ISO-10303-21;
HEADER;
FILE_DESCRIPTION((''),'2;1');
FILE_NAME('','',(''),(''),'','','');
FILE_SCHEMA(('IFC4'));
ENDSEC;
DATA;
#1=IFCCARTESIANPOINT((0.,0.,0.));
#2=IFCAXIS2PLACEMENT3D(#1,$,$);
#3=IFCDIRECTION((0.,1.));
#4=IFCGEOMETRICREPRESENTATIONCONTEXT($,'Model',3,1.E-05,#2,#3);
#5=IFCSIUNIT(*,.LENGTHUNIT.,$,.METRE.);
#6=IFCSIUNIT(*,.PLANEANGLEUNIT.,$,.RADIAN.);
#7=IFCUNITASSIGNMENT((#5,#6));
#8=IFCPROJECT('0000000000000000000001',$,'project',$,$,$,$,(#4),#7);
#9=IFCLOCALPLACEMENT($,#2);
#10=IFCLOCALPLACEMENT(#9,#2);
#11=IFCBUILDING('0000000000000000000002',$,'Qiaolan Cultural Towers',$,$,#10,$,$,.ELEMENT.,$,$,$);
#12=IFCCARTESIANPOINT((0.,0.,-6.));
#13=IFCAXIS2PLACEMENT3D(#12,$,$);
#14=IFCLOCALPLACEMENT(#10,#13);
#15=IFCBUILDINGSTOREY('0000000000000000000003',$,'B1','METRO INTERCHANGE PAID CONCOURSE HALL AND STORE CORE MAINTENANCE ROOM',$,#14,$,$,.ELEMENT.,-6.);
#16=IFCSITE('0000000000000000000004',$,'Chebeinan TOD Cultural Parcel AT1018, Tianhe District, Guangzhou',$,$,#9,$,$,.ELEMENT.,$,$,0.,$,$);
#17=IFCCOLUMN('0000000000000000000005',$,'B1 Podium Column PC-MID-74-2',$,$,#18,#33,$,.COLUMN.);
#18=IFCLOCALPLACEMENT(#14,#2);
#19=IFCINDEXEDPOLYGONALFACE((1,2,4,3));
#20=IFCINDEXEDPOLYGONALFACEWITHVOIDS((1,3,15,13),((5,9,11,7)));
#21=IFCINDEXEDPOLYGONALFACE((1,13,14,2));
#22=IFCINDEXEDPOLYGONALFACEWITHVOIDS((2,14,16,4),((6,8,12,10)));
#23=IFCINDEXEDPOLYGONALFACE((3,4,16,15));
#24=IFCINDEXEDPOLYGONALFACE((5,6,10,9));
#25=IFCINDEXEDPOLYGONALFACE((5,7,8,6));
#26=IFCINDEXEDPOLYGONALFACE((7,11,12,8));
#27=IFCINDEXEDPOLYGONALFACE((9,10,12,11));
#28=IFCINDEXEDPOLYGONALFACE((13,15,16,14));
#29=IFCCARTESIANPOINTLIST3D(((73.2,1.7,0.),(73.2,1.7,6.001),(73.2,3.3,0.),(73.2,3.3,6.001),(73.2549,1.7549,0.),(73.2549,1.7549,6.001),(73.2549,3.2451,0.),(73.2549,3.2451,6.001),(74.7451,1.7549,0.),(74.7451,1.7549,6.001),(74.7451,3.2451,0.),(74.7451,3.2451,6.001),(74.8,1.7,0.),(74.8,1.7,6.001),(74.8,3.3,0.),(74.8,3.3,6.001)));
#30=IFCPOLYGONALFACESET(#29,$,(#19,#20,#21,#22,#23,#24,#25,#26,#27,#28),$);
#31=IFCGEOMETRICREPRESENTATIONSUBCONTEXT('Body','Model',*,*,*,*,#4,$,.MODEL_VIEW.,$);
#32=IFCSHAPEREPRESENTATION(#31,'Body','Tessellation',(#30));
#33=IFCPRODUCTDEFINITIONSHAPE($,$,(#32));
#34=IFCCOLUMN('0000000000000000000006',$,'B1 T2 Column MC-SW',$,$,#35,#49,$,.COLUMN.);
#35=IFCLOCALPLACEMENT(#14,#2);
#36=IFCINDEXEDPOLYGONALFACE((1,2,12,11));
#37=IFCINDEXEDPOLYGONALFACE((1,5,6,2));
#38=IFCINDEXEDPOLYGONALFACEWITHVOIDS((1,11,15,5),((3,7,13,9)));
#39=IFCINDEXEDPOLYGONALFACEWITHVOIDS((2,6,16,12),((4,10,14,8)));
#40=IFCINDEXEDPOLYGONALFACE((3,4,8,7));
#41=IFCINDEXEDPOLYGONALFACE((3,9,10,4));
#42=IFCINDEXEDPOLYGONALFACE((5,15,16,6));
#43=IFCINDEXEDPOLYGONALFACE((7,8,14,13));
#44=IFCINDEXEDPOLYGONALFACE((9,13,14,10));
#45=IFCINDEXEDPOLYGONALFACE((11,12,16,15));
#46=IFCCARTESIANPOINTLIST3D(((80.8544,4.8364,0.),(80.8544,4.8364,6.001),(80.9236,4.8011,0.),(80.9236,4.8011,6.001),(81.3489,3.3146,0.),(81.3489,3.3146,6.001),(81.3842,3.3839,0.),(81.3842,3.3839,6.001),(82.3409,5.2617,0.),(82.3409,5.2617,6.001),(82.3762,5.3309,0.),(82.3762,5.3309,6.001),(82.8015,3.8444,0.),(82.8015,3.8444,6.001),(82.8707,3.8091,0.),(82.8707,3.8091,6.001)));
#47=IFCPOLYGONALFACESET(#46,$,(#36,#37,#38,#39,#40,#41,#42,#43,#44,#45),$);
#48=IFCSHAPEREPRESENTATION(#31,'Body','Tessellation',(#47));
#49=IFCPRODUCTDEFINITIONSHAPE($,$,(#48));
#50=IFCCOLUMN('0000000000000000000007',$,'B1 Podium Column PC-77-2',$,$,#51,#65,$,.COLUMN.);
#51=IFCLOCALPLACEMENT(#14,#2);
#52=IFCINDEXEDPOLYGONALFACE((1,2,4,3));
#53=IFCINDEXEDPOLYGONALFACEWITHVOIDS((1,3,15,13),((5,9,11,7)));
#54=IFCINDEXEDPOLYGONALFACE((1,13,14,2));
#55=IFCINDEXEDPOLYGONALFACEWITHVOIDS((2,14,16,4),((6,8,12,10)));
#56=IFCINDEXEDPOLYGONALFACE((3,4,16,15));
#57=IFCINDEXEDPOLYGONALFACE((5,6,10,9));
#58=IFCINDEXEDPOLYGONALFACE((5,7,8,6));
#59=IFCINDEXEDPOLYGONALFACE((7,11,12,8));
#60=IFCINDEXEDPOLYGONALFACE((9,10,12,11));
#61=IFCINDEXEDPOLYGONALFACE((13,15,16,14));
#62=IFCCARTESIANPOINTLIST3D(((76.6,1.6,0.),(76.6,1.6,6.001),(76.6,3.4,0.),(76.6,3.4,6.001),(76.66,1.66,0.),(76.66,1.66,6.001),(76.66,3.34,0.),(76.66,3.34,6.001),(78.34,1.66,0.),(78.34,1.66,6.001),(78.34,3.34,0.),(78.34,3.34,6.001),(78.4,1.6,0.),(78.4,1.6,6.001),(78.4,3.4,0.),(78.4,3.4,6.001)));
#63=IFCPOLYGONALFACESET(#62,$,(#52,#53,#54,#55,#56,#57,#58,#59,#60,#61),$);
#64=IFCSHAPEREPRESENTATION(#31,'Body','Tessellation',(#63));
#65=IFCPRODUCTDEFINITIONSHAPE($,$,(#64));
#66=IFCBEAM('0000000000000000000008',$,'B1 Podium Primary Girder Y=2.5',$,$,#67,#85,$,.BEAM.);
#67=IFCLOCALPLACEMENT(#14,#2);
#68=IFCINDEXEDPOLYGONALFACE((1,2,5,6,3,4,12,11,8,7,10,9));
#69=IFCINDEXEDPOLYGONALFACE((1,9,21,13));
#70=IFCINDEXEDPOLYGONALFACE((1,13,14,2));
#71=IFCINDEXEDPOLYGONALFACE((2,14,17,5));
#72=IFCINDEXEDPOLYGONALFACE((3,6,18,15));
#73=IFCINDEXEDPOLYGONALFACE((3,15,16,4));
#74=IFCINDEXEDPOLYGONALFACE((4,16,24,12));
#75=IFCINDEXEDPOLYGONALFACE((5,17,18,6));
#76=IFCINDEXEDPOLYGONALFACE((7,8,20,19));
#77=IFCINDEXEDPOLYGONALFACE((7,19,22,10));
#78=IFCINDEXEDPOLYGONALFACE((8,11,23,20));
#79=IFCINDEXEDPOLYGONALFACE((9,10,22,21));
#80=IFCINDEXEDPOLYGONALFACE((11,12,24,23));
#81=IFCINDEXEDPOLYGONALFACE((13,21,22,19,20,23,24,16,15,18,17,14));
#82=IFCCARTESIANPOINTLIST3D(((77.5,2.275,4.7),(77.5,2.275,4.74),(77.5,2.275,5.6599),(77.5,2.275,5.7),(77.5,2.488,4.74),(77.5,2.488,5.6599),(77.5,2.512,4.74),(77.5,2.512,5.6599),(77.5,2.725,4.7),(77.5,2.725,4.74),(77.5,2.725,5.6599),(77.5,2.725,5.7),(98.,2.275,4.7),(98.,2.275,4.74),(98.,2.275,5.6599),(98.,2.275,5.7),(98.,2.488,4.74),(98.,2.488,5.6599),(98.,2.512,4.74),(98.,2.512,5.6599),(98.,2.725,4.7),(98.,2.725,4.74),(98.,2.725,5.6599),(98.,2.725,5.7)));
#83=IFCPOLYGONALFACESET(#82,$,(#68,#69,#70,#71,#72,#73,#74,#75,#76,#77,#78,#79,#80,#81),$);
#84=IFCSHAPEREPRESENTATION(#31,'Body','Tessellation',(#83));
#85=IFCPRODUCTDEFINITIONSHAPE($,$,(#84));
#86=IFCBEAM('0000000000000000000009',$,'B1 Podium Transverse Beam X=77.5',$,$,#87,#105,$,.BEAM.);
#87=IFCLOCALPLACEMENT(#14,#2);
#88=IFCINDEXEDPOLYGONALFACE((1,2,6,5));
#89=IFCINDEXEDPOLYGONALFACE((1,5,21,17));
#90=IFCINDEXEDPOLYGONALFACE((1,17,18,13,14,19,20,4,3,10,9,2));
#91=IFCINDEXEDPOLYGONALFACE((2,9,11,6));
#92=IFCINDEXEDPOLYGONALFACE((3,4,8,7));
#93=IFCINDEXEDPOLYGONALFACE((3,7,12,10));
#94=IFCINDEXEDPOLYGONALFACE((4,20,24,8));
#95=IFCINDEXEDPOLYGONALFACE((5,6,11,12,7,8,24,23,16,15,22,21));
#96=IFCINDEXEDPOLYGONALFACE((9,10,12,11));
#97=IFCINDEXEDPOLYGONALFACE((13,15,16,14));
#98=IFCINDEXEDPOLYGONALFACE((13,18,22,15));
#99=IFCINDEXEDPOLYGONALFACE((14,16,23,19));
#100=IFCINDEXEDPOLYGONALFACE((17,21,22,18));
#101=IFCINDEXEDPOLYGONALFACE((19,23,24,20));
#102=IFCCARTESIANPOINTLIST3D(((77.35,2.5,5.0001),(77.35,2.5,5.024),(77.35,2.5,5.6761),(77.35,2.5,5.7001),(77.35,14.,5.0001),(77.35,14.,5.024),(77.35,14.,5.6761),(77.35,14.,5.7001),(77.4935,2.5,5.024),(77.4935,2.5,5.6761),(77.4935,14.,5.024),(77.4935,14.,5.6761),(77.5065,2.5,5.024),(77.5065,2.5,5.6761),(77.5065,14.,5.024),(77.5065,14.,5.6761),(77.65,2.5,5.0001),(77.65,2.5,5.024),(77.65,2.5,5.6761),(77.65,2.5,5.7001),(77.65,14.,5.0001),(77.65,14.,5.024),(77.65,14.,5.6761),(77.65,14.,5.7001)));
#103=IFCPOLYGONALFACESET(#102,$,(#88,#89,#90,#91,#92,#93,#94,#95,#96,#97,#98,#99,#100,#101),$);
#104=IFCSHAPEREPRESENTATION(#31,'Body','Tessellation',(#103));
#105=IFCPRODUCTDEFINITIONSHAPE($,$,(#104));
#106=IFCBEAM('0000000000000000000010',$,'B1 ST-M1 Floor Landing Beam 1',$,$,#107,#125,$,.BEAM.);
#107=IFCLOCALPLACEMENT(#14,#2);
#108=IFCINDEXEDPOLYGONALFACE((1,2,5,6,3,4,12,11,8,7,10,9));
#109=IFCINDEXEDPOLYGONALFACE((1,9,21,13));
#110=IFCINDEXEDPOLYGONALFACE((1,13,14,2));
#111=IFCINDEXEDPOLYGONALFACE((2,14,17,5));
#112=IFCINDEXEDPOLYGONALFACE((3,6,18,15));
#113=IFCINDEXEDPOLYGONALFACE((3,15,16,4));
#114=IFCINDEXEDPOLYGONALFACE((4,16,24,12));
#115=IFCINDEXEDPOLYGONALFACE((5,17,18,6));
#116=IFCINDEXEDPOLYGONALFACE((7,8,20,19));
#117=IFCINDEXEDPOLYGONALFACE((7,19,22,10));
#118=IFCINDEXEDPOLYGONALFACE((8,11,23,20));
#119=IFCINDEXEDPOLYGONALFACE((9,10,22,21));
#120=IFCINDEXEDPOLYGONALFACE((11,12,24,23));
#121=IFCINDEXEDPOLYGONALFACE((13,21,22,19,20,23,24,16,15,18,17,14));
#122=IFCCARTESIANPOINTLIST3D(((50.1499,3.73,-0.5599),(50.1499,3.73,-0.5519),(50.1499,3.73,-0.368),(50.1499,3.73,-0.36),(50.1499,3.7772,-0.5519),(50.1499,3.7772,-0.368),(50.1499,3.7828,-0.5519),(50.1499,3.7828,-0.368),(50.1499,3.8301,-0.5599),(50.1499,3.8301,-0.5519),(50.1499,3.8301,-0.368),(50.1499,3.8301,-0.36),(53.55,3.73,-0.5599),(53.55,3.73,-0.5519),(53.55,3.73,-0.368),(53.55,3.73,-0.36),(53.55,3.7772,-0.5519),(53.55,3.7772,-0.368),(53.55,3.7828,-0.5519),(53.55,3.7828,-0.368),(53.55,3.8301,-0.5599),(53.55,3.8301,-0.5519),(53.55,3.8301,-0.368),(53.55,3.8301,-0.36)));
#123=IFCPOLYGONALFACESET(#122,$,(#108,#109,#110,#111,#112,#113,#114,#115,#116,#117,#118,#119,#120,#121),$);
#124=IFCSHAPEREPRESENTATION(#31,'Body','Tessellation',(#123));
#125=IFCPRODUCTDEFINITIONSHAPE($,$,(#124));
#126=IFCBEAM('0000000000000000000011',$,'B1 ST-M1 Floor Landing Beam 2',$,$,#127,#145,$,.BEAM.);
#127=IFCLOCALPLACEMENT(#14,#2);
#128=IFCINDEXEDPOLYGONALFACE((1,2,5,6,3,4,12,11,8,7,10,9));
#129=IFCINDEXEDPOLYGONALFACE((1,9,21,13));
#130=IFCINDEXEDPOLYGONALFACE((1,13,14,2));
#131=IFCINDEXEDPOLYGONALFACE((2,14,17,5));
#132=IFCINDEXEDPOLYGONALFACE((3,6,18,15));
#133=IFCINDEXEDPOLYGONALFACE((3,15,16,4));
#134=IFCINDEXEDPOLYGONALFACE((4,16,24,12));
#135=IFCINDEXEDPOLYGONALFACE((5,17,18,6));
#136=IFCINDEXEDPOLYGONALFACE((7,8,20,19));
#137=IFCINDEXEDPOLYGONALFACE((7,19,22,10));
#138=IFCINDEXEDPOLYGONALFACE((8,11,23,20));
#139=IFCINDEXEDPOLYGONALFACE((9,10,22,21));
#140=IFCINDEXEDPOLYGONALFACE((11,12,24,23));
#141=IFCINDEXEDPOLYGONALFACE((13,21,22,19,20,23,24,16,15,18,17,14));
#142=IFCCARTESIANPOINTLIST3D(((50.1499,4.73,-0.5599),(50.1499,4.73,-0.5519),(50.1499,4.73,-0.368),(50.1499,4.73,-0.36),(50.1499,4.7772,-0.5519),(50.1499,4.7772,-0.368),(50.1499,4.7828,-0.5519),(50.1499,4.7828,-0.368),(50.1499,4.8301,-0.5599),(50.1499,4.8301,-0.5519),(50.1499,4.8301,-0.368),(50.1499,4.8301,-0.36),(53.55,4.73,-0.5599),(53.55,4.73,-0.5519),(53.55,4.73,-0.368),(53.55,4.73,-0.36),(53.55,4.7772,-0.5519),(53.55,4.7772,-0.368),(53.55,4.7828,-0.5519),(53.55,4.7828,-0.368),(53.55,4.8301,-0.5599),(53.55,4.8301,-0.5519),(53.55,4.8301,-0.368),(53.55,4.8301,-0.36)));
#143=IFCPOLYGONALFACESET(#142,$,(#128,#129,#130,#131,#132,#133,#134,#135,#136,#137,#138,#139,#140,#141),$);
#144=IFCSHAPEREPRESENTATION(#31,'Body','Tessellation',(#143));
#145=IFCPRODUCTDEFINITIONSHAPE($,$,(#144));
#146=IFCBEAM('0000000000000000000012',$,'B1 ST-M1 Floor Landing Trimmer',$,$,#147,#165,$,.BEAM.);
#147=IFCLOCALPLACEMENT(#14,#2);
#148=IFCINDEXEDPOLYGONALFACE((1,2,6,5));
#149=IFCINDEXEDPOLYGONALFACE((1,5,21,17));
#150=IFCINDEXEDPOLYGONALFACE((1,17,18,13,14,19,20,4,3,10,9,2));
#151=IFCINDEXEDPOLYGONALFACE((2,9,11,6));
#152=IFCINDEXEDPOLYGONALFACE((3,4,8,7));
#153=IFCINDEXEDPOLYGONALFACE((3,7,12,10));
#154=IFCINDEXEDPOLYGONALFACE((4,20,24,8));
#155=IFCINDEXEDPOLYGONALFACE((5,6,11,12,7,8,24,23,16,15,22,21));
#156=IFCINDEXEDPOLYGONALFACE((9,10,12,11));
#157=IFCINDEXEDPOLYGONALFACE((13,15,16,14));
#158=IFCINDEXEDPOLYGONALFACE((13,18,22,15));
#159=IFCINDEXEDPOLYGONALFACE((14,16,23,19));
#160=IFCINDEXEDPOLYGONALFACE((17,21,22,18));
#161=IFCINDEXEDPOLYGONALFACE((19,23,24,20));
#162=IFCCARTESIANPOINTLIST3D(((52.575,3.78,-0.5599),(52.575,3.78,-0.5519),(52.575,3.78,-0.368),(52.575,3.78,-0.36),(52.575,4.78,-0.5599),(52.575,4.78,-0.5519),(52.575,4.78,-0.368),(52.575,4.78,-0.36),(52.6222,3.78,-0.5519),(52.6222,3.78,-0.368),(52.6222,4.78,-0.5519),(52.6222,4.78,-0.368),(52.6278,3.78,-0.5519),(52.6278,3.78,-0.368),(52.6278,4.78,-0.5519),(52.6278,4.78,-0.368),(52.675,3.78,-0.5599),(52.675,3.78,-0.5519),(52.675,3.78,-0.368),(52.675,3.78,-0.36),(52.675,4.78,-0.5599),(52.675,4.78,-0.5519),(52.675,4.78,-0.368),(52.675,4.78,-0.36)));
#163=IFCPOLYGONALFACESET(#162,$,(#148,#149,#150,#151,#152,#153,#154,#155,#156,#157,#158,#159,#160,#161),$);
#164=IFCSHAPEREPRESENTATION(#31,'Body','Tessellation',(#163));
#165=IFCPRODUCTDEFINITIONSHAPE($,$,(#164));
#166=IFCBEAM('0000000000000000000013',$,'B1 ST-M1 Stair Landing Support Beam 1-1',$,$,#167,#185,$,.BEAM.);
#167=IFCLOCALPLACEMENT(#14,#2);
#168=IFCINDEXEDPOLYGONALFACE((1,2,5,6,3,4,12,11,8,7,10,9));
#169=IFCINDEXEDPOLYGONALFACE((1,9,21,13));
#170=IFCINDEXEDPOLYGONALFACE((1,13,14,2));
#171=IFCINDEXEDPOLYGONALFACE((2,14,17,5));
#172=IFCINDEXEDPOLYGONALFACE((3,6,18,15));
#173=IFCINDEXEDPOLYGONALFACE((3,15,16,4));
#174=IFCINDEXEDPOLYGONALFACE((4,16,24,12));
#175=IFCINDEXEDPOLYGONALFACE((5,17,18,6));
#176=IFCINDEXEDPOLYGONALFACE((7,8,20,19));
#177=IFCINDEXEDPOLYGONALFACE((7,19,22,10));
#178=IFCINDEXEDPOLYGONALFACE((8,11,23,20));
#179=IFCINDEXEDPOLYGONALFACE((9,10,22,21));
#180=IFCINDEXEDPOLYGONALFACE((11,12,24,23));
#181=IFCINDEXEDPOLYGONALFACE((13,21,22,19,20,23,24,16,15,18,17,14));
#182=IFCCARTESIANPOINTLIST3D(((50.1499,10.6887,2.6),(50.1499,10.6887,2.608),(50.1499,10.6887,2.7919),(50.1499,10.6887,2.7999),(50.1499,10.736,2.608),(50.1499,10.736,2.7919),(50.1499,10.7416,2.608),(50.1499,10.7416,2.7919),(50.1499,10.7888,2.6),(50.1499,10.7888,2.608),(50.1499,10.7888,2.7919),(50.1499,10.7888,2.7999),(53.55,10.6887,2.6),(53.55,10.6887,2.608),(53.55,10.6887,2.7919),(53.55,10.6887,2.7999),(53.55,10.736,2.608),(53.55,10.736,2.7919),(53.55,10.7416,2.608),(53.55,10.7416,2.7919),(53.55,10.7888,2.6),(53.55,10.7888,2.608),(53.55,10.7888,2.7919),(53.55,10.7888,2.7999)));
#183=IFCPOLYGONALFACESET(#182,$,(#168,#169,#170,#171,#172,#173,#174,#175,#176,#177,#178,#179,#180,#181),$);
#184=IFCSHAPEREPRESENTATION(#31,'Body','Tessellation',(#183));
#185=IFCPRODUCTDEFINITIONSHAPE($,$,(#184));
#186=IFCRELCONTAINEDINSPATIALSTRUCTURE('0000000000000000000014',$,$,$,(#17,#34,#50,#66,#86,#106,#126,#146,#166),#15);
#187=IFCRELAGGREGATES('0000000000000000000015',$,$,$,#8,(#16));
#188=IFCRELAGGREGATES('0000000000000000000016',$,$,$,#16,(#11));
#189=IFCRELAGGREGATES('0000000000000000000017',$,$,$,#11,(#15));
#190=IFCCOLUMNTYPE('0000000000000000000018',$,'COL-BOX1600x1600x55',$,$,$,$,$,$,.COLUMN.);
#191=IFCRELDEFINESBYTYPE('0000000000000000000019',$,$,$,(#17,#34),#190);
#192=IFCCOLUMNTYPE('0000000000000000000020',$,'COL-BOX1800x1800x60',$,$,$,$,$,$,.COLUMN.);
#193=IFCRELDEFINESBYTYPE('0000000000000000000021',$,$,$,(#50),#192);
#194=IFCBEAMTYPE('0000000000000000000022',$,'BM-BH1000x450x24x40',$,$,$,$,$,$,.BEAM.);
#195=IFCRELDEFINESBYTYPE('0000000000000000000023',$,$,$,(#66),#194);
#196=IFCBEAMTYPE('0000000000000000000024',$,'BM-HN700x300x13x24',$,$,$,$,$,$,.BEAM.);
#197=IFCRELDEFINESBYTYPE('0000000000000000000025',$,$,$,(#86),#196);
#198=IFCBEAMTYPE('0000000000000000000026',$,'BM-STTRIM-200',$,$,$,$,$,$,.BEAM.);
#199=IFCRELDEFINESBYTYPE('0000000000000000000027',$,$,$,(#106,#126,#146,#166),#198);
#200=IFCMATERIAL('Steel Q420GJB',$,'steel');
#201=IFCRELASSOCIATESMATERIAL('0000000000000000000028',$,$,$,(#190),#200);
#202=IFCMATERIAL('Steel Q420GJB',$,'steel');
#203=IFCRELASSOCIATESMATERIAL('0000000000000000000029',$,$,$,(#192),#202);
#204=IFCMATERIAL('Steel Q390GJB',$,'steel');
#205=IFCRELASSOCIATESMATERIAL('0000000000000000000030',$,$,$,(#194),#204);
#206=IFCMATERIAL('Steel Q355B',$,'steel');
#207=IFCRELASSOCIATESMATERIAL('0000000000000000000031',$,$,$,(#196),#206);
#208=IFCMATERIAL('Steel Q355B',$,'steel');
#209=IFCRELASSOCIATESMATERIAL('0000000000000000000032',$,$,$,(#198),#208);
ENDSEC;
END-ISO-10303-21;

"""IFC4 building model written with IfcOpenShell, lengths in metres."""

from ifc_helpers import new_model, si_unit, direction, frame, origin, origin_2d, place, context, subcontext, project, spatial, hollow_rectangle, i_section, extrude, material, material_profile, profile_set, type_object, element, save


model = new_model("IFC4")

# Units and contexts
model_context = context("Model", 3, precision=1e-05, world=origin(), true_north=direction((0.0, 1.0)))
body_context = subcontext(model_context, "Body", "Model", "MODEL_VIEW")
ifc_project = project(units=[si_unit("LENGTHUNIT", "METRE"), si_unit("PLANEANGLEUNIT", "RADIAN")], contexts=[model_context])

# Site, building, storey
site_placement = place(None, origin())
site = spatial("IfcSite", under=ifc_project, at=site_placement, Name="Chebeinan TOD Cultural Parcel AT1018, Tianhe District, Guangzhou", CompositionType="ELEMENT", RefElevation=0.0)
building_placement = place(site_placement, origin())
building = spatial("IfcBuilding", under=site, at=building_placement, Name="Qiaolan Cultural Towers", CompositionType="ELEMENT")
storey_placement = place(building_placement, frame((0.0, 0.0, -6.0)))
storey = spatial("IfcBuildingStorey", under=building, at=storey_placement, Name="B1", Description="METRO INTERCHANGE PAID CONCOURSE HALL AND STORE CORE MAINTENANCE ROOM", CompositionType="ELEMENT", Elevation=-6.0)

# Columns
ifc_material_1 = material(Name="Steel Q420GJB", Category="steel")
ifc_material_profile_1 = material_profile(ifc_material_1, hollow_rectangle(XDim=1.6001, YDim=1.6001, WallThickness=0.0549, at=origin_2d()), Name="BOX1600x1600x55")
ifc_profile_set_1 = profile_set([ifc_material_profile_1], Name="Steel Q420GJB")
column_type_1 = type_object("IfcColumnType", Name="COL-BOX1600x1600x55", PredefinedType="COLUMN", material=ifc_profile_set_1)
for number, where, z_axis, x_axis, name in (
    (1, (74.0, 2.5, 0.0), (0.0, 0.0, 1.0), (1.0, 0.0, 0.0), "B1 Podium Column PC-MID-74-2"),
    (2, (81.8625, 4.3228, 0.0), (0.0, 0.0, 1.0), (0.951057, 0.309017, 0.0), "B1 T2 Column MC-SW"),
):
    element("IfcColumn", number, at=place(storey_placement, frame(where, z_axis=z_axis, x_axis=x_axis)), inside=storey, type_object=column_type_1, Name=name, PredefinedType="COLUMN", context=body_context, shape_type="SweptSolid", body=[
        extrude(hollow_rectangle(XDim=1.6001, YDim=1.6001, WallThickness=0.0549, at=origin_2d()), origin(), (0.0, 0.0, 1.0), 6.001),
    ])
ifc_material_2 = material(Name="Steel Q420GJB", Category="steel")
ifc_material_profile_2 = material_profile(ifc_material_2, hollow_rectangle(XDim=1.8, YDim=1.8, WallThickness=0.0601, at=origin_2d()), Name="BOX1800x1800x60")
ifc_profile_set_2 = profile_set([ifc_material_profile_2], Name="Steel Q420GJB")
column_type_2 = type_object("IfcColumnType", Name="COL-BOX1800x1800x60", PredefinedType="COLUMN", material=ifc_profile_set_2)
column_placement = place(storey_placement, frame((77.5, 2.5, 0.0), z_axis=(0.0, 0.0, 1.0), x_axis=(1.0, 0.0, 0.0)))
element("IfcColumn", 3, at=column_placement, inside=storey, type_object=column_type_2, Name="B1 Podium Column PC-77-2", PredefinedType="COLUMN", context=body_context, shape_type="SweptSolid", body=[
    extrude(hollow_rectangle(XDim=1.8, YDim=1.8, WallThickness=0.0601, at=origin_2d()), origin(), (0.0, 0.0, 1.0), 6.001),
])

# Beams
ifc_material_3 = material(Name="Steel Q390GJB", Category="steel")
ifc_material_profile_3 = material_profile(ifc_material_3, i_section(OverallWidth=0.45, OverallDepth=1.0, WebThickness=0.0239, FlangeThickness=0.04, at=origin_2d()), Name="BH1000x450x24x40")
ifc_profile_set_3 = profile_set([ifc_material_profile_3], Name="Steel Q390GJB")
beam_type_1 = type_object("IfcBeamType", Name="BM-BH1000x450x24x40", PredefinedType="BEAM", material=ifc_profile_set_3)
beam_1_placement = place(storey_placement, frame((77.5, 2.5, 5.2), z_axis=(1.0, 0.0, 0.0), x_axis=(0.0, 1.0, 0.0)))
element("IfcBeam", 4, at=beam_1_placement, inside=storey, type_object=beam_type_1, Name="B1 Podium Primary Girder Y=2.5", PredefinedType="BEAM", context=body_context, shape_type="SweptSolid", body=[
    extrude(i_section(OverallWidth=0.45, OverallDepth=1.0, WebThickness=0.0239, FlangeThickness=0.04, at=origin_2d()), origin(), (0.0, 0.0, 1.0), 20.5),
])
ifc_material_4 = material(Name="Steel Q355B", Category="steel")
ifc_material_profile_4 = material_profile(ifc_material_4, i_section(OverallWidth=0.3, OverallDepth=0.7, WebThickness=0.0129, FlangeThickness=0.0239, at=origin_2d()), Name="HN700x300x13x24")
ifc_profile_set_4 = profile_set([ifc_material_profile_4], Name="Steel Q355B")
beam_type_2 = type_object("IfcBeamType", Name="BM-HN700x300x13x24", PredefinedType="BEAM", material=ifc_profile_set_4)
beam_2_placement = place(storey_placement, frame((77.5, 2.5, 5.3501), z_axis=(0.0, 1.0, 0.0), x_axis=(-1.0, 0.0, 0.0)))
element("IfcBeam", 5, at=beam_2_placement, inside=storey, type_object=beam_type_2, Name="B1 Podium Transverse Beam X=77.5", PredefinedType="BEAM", context=body_context, shape_type="SweptSolid", body=[
    extrude(i_section(OverallWidth=0.3, OverallDepth=0.7, WebThickness=0.0129, FlangeThickness=0.0239, at=origin_2d()), origin(), (0.0, 0.0, 1.0), 11.5),
])
ifc_material_5 = material(Name="Steel Q355B", Category="steel")
ifc_material_profile_5 = material_profile(ifc_material_5, i_section(OverallWidth=0.1001, OverallDepth=0.2, WebThickness=0.0056, FlangeThickness=0.0081, at=origin_2d()), Name="HN200x100x5.5x8")
ifc_profile_set_5 = profile_set([ifc_material_profile_5], Name="Steel Q355B")
beam_type_3 = type_object("IfcBeamType", Name="BM-STTRIM-200", PredefinedType="BEAM", material=ifc_profile_set_5)
for number, where, z_axis, x_axis, name in (
    (6, (53.55, 3.78, -0.46), (-1.0, 0.0, 0.0), (0.0, -1.0, 0.0), "B1 ST-M1 Floor Landing Beam 1"),
    (7, (53.55, 4.78, -0.46), (-1.0, 0.0, 0.0), (0.0, -1.0, 0.0), "B1 ST-M1 Floor Landing Beam 2"),
):
    element("IfcBeam", number, at=place(storey_placement, frame(where, z_axis=z_axis, x_axis=x_axis)), inside=storey, type_object=beam_type_3, Name=name, PredefinedType="BEAM", context=body_context, shape_type="SweptSolid", body=[
        extrude(i_section(OverallWidth=0.1001, OverallDepth=0.2, WebThickness=0.0056, FlangeThickness=0.0081, at=origin_2d()), origin(), (0.0, 0.0, 1.0), 3.4001),
    ])
beam_3_placement = place(storey_placement, frame((52.625, 3.78, -0.46), z_axis=(0.0, 1.0, 0.0), x_axis=(-1.0, 0.0, 0.0)))
element("IfcBeam", 8, at=beam_3_placement, inside=storey, type_object=beam_type_3, Name="B1 ST-M1 Floor Landing Trimmer", PredefinedType="BEAM", context=body_context, shape_type="SweptSolid", body=[
    extrude(i_section(OverallWidth=0.1001, OverallDepth=0.2, WebThickness=0.0056, FlangeThickness=0.0081, at=origin_2d()), origin(), (0.0, 0.0, 1.0), 1.0),
])
for number, where, z_axis, x_axis, name in (
    (9, (53.55, 10.7388, 2.7), (-1.0, 0.0, 0.0), (0.0, -1.0, 0.0), "B1 ST-M1 Stair Landing Support Beam 1-1"),
):
    element("IfcBeam", number, at=place(storey_placement, frame(where, z_axis=z_axis, x_axis=x_axis)), inside=storey, type_object=beam_type_3, Name=name, PredefinedType="BEAM", context=body_context, shape_type="SweptSolid", body=[
        extrude(i_section(OverallWidth=0.1001, OverallDepth=0.2, WebThickness=0.0056, FlangeThickness=0.0081, at=origin_2d()), origin(), (0.0, 0.0, 1.0), 3.4001),
    ])

save(model, "model.ifc")
